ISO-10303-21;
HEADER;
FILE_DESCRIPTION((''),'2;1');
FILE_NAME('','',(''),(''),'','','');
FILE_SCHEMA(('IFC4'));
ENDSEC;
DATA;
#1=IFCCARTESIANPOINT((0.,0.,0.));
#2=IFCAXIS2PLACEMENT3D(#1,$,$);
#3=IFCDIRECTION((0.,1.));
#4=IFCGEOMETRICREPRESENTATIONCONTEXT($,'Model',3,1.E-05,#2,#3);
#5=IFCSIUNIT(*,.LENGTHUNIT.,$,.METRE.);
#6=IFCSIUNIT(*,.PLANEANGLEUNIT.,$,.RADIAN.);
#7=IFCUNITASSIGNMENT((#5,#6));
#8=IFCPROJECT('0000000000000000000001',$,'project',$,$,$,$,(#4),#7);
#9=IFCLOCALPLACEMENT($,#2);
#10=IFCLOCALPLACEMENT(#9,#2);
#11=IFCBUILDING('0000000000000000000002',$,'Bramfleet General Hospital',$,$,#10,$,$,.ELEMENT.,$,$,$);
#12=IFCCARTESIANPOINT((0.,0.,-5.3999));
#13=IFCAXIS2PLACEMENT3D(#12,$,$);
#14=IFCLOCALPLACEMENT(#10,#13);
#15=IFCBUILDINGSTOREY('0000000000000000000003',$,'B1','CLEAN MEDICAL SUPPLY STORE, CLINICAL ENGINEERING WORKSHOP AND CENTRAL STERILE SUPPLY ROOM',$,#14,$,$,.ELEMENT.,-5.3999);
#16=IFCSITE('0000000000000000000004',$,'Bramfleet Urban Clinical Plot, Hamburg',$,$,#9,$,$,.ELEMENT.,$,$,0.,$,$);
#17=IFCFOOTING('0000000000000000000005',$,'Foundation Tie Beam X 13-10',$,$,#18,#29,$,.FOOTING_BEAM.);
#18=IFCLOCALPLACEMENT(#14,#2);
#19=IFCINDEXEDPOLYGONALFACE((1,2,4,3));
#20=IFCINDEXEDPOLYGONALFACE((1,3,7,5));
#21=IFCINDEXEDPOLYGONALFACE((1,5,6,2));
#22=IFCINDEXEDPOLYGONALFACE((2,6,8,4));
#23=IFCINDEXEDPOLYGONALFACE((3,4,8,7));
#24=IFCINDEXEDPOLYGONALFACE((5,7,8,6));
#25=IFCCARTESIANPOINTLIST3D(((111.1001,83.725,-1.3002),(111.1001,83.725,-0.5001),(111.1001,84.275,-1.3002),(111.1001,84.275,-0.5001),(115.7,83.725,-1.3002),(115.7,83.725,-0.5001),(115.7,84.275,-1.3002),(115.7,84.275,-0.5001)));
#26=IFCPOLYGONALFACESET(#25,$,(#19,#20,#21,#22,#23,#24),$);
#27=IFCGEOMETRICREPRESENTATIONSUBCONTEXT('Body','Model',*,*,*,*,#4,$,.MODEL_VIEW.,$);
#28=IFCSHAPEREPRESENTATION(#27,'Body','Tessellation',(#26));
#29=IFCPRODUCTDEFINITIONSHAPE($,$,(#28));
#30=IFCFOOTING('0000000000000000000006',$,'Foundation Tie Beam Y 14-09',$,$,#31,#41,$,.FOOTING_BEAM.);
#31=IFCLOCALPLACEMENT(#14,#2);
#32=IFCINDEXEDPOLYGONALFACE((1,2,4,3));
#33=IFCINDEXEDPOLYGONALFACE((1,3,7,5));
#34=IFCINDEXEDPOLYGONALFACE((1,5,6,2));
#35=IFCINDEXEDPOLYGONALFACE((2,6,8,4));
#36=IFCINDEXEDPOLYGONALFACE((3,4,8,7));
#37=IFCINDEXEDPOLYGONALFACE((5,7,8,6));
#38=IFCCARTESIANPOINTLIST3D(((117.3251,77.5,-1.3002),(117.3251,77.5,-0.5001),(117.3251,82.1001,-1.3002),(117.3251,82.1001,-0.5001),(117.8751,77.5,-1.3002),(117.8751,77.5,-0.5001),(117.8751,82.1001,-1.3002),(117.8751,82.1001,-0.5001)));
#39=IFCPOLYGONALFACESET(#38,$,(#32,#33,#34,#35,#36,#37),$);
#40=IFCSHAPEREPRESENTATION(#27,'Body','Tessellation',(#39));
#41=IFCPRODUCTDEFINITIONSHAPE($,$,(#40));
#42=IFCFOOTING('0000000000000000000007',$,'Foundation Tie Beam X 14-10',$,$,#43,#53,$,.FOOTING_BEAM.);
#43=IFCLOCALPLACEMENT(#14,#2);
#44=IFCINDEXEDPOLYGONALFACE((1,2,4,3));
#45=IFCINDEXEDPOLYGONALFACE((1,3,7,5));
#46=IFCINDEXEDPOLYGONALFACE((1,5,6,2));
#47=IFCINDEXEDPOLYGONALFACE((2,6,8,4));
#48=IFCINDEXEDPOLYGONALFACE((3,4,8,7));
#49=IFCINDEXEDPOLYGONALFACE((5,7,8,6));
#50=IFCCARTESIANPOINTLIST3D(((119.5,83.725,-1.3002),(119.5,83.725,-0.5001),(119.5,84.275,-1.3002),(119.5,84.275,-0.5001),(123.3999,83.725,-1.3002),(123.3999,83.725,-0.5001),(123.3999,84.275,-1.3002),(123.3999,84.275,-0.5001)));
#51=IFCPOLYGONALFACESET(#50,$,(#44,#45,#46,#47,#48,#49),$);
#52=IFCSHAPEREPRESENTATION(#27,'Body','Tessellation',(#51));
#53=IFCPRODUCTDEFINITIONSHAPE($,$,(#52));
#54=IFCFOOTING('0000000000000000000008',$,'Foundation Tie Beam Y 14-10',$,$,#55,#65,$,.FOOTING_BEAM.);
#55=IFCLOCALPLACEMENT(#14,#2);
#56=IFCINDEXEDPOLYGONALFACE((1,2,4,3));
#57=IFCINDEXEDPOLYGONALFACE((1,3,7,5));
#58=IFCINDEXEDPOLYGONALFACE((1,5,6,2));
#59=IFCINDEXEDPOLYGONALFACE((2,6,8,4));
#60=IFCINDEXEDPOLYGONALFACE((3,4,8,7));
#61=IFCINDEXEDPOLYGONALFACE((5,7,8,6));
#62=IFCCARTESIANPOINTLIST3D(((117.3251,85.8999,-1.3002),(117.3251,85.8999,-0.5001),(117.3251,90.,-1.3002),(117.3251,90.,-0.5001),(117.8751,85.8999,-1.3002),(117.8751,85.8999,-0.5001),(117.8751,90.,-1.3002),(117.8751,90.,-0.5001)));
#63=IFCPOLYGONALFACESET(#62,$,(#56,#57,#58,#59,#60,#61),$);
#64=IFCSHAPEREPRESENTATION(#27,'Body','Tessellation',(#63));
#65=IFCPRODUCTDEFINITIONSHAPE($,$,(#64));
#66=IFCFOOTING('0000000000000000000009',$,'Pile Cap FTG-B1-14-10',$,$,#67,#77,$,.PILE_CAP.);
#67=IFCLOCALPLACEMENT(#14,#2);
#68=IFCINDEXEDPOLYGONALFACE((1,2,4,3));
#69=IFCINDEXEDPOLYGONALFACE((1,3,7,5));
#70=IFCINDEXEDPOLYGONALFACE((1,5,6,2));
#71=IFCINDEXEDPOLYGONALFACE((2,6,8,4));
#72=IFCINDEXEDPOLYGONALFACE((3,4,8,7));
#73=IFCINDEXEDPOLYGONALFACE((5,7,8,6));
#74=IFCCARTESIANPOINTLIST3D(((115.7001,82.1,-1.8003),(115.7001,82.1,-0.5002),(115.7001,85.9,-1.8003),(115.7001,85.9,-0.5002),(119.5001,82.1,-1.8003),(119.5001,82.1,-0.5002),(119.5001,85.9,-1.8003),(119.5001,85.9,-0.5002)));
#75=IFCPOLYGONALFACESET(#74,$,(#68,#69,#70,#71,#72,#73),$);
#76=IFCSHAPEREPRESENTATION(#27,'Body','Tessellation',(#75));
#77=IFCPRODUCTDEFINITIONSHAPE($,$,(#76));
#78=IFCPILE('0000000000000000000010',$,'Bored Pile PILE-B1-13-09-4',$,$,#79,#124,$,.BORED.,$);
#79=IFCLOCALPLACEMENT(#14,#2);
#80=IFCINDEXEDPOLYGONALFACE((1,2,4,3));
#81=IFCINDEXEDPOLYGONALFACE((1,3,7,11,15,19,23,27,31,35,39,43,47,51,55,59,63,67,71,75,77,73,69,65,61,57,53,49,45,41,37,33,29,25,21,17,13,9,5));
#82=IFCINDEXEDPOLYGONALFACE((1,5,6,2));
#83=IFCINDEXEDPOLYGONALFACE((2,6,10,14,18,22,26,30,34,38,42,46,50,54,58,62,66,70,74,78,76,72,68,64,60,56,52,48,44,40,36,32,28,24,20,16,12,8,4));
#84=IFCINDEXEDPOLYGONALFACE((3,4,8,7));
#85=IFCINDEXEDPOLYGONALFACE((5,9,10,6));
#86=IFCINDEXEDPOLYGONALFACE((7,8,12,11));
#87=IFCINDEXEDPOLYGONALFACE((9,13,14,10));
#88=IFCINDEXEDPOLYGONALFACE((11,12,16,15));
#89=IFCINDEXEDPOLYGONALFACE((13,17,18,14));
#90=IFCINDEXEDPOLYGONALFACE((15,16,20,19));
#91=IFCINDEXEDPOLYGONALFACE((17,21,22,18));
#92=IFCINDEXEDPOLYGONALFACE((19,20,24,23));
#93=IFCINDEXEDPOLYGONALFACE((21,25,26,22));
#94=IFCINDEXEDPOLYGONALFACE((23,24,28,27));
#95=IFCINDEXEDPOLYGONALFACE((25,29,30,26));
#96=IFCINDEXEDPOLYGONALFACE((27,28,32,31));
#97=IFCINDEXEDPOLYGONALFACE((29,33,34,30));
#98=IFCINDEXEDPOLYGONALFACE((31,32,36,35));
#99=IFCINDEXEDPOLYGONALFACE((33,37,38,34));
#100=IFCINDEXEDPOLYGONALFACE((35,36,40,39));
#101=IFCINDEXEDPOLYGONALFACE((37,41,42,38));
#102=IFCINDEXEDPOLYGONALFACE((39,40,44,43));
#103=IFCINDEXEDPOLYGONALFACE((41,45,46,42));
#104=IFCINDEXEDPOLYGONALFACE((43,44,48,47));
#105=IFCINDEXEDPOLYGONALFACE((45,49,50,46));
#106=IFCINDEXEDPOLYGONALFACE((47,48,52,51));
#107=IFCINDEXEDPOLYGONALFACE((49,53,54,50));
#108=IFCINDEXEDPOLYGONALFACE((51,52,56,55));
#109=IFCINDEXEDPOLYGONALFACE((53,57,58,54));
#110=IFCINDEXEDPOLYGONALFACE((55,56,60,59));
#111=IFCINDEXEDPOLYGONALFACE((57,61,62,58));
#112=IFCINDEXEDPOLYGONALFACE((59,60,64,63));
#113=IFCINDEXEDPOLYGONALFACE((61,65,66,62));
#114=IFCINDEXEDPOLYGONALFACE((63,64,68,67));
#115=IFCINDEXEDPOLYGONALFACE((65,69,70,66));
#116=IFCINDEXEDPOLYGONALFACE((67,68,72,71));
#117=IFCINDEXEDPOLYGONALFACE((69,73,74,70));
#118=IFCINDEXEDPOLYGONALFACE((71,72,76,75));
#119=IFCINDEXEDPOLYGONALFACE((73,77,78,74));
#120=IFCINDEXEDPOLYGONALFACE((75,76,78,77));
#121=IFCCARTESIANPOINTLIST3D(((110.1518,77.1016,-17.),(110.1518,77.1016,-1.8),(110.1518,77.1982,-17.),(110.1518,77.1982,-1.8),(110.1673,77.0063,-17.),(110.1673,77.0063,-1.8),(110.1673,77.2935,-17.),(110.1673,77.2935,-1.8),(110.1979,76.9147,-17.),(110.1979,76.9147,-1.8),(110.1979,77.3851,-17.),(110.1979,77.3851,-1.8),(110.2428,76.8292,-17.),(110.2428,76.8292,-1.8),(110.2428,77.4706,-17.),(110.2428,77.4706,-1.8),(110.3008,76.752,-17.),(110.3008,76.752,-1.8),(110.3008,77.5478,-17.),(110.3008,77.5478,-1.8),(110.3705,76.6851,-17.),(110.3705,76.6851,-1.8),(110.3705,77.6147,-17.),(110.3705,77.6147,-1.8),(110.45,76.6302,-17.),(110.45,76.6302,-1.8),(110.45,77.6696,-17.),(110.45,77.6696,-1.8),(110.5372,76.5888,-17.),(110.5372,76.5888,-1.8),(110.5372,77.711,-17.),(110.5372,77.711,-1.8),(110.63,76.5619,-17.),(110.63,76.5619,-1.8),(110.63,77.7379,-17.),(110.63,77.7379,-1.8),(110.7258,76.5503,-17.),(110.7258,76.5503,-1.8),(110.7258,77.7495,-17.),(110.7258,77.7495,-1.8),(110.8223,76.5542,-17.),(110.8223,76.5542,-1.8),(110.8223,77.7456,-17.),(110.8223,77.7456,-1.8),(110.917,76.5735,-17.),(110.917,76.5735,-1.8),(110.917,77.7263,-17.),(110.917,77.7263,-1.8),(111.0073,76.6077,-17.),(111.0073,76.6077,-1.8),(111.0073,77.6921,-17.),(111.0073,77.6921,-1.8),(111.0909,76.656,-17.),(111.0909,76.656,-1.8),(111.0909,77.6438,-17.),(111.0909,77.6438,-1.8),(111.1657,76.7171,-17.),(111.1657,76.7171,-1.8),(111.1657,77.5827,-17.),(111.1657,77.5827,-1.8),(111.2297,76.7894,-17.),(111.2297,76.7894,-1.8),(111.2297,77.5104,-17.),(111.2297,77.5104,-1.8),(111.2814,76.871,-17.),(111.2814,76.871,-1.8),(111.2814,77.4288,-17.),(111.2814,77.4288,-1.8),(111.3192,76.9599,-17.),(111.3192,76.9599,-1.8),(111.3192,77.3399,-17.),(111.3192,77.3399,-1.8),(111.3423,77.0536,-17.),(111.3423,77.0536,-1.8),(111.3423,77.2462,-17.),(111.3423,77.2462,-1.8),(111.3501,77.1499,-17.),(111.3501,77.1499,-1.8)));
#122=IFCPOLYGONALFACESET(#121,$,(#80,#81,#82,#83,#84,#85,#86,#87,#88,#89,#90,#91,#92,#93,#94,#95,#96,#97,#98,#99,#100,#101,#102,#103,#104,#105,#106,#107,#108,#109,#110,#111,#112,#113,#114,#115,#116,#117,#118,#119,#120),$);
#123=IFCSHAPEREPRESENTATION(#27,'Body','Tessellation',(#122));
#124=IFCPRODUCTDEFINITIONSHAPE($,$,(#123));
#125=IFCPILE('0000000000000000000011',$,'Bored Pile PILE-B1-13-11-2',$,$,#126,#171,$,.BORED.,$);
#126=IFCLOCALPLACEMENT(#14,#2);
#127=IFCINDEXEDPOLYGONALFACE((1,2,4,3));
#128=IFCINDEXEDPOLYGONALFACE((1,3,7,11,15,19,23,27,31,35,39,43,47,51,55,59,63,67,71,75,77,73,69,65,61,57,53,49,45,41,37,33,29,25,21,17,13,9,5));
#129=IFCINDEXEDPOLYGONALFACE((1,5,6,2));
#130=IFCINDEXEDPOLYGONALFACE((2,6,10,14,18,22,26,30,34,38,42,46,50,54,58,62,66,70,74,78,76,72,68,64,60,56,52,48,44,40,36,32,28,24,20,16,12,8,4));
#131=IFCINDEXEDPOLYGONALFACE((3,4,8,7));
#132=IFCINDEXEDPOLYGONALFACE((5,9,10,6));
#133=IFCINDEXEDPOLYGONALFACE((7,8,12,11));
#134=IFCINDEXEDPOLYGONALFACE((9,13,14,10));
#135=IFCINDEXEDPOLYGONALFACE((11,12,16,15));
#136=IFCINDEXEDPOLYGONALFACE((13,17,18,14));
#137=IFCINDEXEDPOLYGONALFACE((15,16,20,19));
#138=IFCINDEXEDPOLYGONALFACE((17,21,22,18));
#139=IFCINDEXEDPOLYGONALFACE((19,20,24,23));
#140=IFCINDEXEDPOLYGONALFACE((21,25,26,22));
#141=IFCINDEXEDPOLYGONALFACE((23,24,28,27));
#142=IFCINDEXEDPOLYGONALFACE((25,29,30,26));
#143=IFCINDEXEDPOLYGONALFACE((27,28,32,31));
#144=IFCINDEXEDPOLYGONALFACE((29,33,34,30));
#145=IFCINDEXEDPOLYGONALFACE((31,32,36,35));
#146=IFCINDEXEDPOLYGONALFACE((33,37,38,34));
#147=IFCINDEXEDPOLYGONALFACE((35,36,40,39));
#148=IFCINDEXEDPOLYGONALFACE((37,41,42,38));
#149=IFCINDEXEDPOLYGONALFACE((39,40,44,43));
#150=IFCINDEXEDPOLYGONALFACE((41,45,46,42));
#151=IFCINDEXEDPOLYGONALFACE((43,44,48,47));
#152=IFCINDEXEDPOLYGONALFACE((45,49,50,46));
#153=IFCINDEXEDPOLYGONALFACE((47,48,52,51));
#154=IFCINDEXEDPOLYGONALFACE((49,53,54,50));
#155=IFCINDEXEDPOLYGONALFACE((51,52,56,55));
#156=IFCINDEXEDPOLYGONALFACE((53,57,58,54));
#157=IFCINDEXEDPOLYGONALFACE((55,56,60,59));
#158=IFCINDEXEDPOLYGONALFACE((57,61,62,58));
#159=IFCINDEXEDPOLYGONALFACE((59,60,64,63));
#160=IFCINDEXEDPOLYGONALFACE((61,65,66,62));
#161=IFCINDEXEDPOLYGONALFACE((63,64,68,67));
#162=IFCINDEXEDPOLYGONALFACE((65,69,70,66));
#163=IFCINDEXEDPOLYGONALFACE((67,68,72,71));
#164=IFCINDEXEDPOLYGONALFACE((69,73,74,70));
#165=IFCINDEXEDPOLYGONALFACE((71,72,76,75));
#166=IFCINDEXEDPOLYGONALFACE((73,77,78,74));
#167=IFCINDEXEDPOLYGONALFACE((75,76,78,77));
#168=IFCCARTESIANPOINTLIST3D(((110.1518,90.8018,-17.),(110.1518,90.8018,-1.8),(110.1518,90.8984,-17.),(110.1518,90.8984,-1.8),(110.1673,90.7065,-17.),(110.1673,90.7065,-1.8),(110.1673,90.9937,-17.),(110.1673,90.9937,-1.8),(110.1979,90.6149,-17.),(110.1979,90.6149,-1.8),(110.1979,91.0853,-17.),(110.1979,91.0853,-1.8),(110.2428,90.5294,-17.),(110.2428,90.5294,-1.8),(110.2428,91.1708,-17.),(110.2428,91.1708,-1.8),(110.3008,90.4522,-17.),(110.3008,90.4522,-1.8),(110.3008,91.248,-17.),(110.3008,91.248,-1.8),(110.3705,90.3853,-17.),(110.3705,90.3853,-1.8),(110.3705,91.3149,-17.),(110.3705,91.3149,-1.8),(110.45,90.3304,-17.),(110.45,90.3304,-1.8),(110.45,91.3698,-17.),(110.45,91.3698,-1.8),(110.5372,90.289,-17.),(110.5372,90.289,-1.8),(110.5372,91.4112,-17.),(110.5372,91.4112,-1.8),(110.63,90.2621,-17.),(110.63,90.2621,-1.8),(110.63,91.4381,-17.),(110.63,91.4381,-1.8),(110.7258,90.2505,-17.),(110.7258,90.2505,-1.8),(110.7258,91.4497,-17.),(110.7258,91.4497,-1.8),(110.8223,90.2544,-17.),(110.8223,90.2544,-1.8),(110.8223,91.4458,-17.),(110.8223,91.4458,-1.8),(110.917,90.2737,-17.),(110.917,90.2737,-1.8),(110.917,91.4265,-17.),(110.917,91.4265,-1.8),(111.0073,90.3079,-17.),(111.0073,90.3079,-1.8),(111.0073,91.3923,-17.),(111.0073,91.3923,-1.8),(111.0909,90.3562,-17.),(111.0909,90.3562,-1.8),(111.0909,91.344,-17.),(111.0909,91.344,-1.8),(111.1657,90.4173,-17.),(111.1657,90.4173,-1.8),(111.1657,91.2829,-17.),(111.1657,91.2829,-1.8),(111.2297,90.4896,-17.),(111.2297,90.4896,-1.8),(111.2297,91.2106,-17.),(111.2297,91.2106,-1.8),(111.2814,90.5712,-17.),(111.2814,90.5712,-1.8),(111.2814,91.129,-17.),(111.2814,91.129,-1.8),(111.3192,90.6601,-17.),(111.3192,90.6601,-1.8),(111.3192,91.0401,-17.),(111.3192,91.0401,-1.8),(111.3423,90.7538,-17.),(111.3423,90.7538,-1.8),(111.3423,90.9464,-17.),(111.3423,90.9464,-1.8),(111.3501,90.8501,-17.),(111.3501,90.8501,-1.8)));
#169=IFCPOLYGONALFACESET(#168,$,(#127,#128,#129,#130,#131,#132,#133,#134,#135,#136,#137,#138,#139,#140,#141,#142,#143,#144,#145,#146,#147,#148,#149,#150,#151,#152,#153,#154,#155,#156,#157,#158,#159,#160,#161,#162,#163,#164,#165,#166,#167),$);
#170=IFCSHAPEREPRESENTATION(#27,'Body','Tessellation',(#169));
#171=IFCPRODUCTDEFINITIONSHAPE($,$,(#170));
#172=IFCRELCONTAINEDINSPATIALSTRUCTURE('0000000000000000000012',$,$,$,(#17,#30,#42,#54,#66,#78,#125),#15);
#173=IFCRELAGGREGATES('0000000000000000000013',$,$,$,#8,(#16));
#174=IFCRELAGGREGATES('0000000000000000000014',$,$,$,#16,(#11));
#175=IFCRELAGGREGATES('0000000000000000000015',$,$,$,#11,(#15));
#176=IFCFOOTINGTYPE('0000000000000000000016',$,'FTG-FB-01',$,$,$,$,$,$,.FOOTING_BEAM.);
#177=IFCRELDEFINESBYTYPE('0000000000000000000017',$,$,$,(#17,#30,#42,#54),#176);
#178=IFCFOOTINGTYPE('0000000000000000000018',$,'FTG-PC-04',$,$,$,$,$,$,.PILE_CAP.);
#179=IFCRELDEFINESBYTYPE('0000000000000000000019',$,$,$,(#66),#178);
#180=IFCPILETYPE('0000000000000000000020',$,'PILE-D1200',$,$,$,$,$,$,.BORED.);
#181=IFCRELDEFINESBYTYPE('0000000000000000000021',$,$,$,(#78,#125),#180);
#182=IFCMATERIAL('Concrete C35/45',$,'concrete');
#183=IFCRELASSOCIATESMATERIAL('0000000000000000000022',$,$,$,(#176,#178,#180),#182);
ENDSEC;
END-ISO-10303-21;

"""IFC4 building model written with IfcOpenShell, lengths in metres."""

from ifc_helpers import new_model, si_unit, direction, frame, origin, origin_2d, place, context, subcontext, project, spatial, rectangle, circle, extrude, material, material_profile, profile_set, type_object, element, save


model = new_model("IFC4")

# Units and contexts
model_context = context("Model", 3, precision=1e-05, world=origin(), true_north=direction((0.0, 1.0)))
body_context = subcontext(model_context, "Body", "Model", "MODEL_VIEW")
ifc_project = project(units=[si_unit("LENGTHUNIT", "METRE"), si_unit("PLANEANGLEUNIT", "RADIAN")], contexts=[model_context])

# Site, building, storey
site_placement = place(None, origin())
site = spatial("IfcSite", under=ifc_project, at=site_placement, Name="Bramfleet Urban Clinical Plot, Hamburg", CompositionType="ELEMENT", RefElevation=0.0)
building_placement = place(site_placement, origin())
building = spatial("IfcBuilding", under=site, at=building_placement, Name="Bramfleet General Hospital", CompositionType="ELEMENT")
storey_placement = place(building_placement, frame((0.0, 0.0, -5.3999)))
storey = spatial("IfcBuildingStorey", under=building, at=storey_placement, Name="B1", Description="CLEAN MEDICAL SUPPLY STORE, CLINICAL ENGINEERING WORKSHOP AND CENTRAL STERILE SUPPLY ROOM", CompositionType="ELEMENT", Elevation=-5.3999)

# Footings
ifc_material_1 = material(Name="Concrete C35/45", Category="concrete")
ifc_material_profile_1 = material_profile(ifc_material_1, rectangle(XDim=0.55, YDim=0.8, at=origin_2d()), Name="RC FB 800x550")
ifc_profile_set_1 = profile_set([ifc_material_profile_1], Name="Concrete C35/45")
footing_type_1 = type_object("IfcFootingType", Name="FTG-FB-01", PredefinedType="FOOTING_BEAM", material=ifc_profile_set_1)
footing_1_placement = place(storey_placement, frame((111.1001, 84.0, -0.9001), z_axis=(1.0, 0.0, 0.0), x_axis=(0.0, 1.0, 0.0)))
element("IfcFooting", 1, at=footing_1_placement, inside=storey, type_object=footing_type_1, Name="Foundation Tie Beam X 13-10", PredefinedType="FOOTING_BEAM", context=body_context, shape_type="SweptSolid", body=[
    extrude(rectangle(XDim=0.55, YDim=0.8, at=origin_2d()), origin(), (0.0, 0.0, 1.0), 4.5999),
])
footing_2_placement = place(storey_placement, frame((117.6001, 77.5, -0.9001), z_axis=(0.0, 1.0, 0.0), x_axis=(-1.0, 0.0, 0.0)))
element("IfcFooting", 2, at=footing_2_placement, inside=storey, type_object=footing_type_1, Name="Foundation Tie Beam Y 14-09", PredefinedType="FOOTING_BEAM", context=body_context, shape_type="SweptSolid", body=[
    extrude(rectangle(XDim=0.55, YDim=0.8, at=origin_2d()), origin(), (0.0, 0.0, 1.0), 4.6001),
])
footing_3_placement = place(storey_placement, frame((119.5, 84.0, -0.9001), z_axis=(1.0, 0.0, 0.0), x_axis=(0.0, 1.0, 0.0)))
element("IfcFooting", 3, at=footing_3_placement, inside=storey, type_object=footing_type_1, Name="Foundation Tie Beam X 14-10", PredefinedType="FOOTING_BEAM", context=body_context, shape_type="SweptSolid", body=[
    extrude(rectangle(XDim=0.55, YDim=0.8, at=origin_2d()), origin(), (0.0, 0.0, 1.0), 3.8999),
])
footing_4_placement = place(storey_placement, frame((117.6001, 85.8999, -0.9001), z_axis=(0.0, 1.0, 0.0), x_axis=(-1.0, 0.0, 0.0)))
element("IfcFooting", 4, at=footing_4_placement, inside=storey, type_object=footing_type_1, Name="Foundation Tie Beam Y 14-10", PredefinedType="FOOTING_BEAM", context=body_context, shape_type="SweptSolid", body=[
    extrude(rectangle(XDim=0.55, YDim=0.8, at=origin_2d()), origin(), (0.0, 0.0, 1.0), 4.1001),
])
footing_type_2 = type_object("IfcFootingType", Name="FTG-PC-04", PredefinedType="PILE_CAP", material=ifc_material_1)
footing_5_placement = place(storey_placement, frame((117.6001, 84.0, -1.8003), z_axis=(0.0, 0.0, 1.0), x_axis=(1.0, 0.0, 0.0)))
element("IfcFooting", 5, at=footing_5_placement, inside=storey, type_object=footing_type_2, Name="Pile Cap FTG-B1-14-10", PredefinedType="PILE_CAP", context=body_context, shape_type="SweptSolid", body=[
    extrude(rectangle(XDim=3.8, YDim=3.8, at=origin_2d()), origin(), (0.0, 0.0, 1.0), 1.3),
])

# Piles
ifc_material_profile_2 = material_profile(ifc_material_1, circle(Radius=0.6001, at=origin_2d()), Name="PILE BORED D1200")
ifc_profile_set_2 = profile_set([ifc_material_profile_2], Name="Concrete C35/45")
pile_type_1 = type_object("IfcPileType", Name="PILE-D1200", PredefinedType="BORED", material=ifc_profile_set_2)
for number, where, z_axis, x_axis, name in (
    (6, (110.75, 77.1499, -1.8), (0.0, 0.0, -1.0), (1.0, 0.0, 0.0), "Bored Pile PILE-B1-13-09-4"),
    (7, (110.75, 90.8501, -1.8), (0.0, 0.0, -1.0), (1.0, 0.0, 0.0), "Bored Pile PILE-B1-13-11-2"),
):
    element("IfcPile", number, at=place(storey_placement, frame(where, z_axis=z_axis, x_axis=x_axis)), inside=storey, type_object=pile_type_1, Name=name, PredefinedType="BORED", context=body_context, shape_type="SweptSolid", body=[
        extrude(circle(Radius=0.6001, at=origin_2d()), origin(), (0.0, 0.0, 1.0), 15.2),
    ])

save(model, "model.ifc")
